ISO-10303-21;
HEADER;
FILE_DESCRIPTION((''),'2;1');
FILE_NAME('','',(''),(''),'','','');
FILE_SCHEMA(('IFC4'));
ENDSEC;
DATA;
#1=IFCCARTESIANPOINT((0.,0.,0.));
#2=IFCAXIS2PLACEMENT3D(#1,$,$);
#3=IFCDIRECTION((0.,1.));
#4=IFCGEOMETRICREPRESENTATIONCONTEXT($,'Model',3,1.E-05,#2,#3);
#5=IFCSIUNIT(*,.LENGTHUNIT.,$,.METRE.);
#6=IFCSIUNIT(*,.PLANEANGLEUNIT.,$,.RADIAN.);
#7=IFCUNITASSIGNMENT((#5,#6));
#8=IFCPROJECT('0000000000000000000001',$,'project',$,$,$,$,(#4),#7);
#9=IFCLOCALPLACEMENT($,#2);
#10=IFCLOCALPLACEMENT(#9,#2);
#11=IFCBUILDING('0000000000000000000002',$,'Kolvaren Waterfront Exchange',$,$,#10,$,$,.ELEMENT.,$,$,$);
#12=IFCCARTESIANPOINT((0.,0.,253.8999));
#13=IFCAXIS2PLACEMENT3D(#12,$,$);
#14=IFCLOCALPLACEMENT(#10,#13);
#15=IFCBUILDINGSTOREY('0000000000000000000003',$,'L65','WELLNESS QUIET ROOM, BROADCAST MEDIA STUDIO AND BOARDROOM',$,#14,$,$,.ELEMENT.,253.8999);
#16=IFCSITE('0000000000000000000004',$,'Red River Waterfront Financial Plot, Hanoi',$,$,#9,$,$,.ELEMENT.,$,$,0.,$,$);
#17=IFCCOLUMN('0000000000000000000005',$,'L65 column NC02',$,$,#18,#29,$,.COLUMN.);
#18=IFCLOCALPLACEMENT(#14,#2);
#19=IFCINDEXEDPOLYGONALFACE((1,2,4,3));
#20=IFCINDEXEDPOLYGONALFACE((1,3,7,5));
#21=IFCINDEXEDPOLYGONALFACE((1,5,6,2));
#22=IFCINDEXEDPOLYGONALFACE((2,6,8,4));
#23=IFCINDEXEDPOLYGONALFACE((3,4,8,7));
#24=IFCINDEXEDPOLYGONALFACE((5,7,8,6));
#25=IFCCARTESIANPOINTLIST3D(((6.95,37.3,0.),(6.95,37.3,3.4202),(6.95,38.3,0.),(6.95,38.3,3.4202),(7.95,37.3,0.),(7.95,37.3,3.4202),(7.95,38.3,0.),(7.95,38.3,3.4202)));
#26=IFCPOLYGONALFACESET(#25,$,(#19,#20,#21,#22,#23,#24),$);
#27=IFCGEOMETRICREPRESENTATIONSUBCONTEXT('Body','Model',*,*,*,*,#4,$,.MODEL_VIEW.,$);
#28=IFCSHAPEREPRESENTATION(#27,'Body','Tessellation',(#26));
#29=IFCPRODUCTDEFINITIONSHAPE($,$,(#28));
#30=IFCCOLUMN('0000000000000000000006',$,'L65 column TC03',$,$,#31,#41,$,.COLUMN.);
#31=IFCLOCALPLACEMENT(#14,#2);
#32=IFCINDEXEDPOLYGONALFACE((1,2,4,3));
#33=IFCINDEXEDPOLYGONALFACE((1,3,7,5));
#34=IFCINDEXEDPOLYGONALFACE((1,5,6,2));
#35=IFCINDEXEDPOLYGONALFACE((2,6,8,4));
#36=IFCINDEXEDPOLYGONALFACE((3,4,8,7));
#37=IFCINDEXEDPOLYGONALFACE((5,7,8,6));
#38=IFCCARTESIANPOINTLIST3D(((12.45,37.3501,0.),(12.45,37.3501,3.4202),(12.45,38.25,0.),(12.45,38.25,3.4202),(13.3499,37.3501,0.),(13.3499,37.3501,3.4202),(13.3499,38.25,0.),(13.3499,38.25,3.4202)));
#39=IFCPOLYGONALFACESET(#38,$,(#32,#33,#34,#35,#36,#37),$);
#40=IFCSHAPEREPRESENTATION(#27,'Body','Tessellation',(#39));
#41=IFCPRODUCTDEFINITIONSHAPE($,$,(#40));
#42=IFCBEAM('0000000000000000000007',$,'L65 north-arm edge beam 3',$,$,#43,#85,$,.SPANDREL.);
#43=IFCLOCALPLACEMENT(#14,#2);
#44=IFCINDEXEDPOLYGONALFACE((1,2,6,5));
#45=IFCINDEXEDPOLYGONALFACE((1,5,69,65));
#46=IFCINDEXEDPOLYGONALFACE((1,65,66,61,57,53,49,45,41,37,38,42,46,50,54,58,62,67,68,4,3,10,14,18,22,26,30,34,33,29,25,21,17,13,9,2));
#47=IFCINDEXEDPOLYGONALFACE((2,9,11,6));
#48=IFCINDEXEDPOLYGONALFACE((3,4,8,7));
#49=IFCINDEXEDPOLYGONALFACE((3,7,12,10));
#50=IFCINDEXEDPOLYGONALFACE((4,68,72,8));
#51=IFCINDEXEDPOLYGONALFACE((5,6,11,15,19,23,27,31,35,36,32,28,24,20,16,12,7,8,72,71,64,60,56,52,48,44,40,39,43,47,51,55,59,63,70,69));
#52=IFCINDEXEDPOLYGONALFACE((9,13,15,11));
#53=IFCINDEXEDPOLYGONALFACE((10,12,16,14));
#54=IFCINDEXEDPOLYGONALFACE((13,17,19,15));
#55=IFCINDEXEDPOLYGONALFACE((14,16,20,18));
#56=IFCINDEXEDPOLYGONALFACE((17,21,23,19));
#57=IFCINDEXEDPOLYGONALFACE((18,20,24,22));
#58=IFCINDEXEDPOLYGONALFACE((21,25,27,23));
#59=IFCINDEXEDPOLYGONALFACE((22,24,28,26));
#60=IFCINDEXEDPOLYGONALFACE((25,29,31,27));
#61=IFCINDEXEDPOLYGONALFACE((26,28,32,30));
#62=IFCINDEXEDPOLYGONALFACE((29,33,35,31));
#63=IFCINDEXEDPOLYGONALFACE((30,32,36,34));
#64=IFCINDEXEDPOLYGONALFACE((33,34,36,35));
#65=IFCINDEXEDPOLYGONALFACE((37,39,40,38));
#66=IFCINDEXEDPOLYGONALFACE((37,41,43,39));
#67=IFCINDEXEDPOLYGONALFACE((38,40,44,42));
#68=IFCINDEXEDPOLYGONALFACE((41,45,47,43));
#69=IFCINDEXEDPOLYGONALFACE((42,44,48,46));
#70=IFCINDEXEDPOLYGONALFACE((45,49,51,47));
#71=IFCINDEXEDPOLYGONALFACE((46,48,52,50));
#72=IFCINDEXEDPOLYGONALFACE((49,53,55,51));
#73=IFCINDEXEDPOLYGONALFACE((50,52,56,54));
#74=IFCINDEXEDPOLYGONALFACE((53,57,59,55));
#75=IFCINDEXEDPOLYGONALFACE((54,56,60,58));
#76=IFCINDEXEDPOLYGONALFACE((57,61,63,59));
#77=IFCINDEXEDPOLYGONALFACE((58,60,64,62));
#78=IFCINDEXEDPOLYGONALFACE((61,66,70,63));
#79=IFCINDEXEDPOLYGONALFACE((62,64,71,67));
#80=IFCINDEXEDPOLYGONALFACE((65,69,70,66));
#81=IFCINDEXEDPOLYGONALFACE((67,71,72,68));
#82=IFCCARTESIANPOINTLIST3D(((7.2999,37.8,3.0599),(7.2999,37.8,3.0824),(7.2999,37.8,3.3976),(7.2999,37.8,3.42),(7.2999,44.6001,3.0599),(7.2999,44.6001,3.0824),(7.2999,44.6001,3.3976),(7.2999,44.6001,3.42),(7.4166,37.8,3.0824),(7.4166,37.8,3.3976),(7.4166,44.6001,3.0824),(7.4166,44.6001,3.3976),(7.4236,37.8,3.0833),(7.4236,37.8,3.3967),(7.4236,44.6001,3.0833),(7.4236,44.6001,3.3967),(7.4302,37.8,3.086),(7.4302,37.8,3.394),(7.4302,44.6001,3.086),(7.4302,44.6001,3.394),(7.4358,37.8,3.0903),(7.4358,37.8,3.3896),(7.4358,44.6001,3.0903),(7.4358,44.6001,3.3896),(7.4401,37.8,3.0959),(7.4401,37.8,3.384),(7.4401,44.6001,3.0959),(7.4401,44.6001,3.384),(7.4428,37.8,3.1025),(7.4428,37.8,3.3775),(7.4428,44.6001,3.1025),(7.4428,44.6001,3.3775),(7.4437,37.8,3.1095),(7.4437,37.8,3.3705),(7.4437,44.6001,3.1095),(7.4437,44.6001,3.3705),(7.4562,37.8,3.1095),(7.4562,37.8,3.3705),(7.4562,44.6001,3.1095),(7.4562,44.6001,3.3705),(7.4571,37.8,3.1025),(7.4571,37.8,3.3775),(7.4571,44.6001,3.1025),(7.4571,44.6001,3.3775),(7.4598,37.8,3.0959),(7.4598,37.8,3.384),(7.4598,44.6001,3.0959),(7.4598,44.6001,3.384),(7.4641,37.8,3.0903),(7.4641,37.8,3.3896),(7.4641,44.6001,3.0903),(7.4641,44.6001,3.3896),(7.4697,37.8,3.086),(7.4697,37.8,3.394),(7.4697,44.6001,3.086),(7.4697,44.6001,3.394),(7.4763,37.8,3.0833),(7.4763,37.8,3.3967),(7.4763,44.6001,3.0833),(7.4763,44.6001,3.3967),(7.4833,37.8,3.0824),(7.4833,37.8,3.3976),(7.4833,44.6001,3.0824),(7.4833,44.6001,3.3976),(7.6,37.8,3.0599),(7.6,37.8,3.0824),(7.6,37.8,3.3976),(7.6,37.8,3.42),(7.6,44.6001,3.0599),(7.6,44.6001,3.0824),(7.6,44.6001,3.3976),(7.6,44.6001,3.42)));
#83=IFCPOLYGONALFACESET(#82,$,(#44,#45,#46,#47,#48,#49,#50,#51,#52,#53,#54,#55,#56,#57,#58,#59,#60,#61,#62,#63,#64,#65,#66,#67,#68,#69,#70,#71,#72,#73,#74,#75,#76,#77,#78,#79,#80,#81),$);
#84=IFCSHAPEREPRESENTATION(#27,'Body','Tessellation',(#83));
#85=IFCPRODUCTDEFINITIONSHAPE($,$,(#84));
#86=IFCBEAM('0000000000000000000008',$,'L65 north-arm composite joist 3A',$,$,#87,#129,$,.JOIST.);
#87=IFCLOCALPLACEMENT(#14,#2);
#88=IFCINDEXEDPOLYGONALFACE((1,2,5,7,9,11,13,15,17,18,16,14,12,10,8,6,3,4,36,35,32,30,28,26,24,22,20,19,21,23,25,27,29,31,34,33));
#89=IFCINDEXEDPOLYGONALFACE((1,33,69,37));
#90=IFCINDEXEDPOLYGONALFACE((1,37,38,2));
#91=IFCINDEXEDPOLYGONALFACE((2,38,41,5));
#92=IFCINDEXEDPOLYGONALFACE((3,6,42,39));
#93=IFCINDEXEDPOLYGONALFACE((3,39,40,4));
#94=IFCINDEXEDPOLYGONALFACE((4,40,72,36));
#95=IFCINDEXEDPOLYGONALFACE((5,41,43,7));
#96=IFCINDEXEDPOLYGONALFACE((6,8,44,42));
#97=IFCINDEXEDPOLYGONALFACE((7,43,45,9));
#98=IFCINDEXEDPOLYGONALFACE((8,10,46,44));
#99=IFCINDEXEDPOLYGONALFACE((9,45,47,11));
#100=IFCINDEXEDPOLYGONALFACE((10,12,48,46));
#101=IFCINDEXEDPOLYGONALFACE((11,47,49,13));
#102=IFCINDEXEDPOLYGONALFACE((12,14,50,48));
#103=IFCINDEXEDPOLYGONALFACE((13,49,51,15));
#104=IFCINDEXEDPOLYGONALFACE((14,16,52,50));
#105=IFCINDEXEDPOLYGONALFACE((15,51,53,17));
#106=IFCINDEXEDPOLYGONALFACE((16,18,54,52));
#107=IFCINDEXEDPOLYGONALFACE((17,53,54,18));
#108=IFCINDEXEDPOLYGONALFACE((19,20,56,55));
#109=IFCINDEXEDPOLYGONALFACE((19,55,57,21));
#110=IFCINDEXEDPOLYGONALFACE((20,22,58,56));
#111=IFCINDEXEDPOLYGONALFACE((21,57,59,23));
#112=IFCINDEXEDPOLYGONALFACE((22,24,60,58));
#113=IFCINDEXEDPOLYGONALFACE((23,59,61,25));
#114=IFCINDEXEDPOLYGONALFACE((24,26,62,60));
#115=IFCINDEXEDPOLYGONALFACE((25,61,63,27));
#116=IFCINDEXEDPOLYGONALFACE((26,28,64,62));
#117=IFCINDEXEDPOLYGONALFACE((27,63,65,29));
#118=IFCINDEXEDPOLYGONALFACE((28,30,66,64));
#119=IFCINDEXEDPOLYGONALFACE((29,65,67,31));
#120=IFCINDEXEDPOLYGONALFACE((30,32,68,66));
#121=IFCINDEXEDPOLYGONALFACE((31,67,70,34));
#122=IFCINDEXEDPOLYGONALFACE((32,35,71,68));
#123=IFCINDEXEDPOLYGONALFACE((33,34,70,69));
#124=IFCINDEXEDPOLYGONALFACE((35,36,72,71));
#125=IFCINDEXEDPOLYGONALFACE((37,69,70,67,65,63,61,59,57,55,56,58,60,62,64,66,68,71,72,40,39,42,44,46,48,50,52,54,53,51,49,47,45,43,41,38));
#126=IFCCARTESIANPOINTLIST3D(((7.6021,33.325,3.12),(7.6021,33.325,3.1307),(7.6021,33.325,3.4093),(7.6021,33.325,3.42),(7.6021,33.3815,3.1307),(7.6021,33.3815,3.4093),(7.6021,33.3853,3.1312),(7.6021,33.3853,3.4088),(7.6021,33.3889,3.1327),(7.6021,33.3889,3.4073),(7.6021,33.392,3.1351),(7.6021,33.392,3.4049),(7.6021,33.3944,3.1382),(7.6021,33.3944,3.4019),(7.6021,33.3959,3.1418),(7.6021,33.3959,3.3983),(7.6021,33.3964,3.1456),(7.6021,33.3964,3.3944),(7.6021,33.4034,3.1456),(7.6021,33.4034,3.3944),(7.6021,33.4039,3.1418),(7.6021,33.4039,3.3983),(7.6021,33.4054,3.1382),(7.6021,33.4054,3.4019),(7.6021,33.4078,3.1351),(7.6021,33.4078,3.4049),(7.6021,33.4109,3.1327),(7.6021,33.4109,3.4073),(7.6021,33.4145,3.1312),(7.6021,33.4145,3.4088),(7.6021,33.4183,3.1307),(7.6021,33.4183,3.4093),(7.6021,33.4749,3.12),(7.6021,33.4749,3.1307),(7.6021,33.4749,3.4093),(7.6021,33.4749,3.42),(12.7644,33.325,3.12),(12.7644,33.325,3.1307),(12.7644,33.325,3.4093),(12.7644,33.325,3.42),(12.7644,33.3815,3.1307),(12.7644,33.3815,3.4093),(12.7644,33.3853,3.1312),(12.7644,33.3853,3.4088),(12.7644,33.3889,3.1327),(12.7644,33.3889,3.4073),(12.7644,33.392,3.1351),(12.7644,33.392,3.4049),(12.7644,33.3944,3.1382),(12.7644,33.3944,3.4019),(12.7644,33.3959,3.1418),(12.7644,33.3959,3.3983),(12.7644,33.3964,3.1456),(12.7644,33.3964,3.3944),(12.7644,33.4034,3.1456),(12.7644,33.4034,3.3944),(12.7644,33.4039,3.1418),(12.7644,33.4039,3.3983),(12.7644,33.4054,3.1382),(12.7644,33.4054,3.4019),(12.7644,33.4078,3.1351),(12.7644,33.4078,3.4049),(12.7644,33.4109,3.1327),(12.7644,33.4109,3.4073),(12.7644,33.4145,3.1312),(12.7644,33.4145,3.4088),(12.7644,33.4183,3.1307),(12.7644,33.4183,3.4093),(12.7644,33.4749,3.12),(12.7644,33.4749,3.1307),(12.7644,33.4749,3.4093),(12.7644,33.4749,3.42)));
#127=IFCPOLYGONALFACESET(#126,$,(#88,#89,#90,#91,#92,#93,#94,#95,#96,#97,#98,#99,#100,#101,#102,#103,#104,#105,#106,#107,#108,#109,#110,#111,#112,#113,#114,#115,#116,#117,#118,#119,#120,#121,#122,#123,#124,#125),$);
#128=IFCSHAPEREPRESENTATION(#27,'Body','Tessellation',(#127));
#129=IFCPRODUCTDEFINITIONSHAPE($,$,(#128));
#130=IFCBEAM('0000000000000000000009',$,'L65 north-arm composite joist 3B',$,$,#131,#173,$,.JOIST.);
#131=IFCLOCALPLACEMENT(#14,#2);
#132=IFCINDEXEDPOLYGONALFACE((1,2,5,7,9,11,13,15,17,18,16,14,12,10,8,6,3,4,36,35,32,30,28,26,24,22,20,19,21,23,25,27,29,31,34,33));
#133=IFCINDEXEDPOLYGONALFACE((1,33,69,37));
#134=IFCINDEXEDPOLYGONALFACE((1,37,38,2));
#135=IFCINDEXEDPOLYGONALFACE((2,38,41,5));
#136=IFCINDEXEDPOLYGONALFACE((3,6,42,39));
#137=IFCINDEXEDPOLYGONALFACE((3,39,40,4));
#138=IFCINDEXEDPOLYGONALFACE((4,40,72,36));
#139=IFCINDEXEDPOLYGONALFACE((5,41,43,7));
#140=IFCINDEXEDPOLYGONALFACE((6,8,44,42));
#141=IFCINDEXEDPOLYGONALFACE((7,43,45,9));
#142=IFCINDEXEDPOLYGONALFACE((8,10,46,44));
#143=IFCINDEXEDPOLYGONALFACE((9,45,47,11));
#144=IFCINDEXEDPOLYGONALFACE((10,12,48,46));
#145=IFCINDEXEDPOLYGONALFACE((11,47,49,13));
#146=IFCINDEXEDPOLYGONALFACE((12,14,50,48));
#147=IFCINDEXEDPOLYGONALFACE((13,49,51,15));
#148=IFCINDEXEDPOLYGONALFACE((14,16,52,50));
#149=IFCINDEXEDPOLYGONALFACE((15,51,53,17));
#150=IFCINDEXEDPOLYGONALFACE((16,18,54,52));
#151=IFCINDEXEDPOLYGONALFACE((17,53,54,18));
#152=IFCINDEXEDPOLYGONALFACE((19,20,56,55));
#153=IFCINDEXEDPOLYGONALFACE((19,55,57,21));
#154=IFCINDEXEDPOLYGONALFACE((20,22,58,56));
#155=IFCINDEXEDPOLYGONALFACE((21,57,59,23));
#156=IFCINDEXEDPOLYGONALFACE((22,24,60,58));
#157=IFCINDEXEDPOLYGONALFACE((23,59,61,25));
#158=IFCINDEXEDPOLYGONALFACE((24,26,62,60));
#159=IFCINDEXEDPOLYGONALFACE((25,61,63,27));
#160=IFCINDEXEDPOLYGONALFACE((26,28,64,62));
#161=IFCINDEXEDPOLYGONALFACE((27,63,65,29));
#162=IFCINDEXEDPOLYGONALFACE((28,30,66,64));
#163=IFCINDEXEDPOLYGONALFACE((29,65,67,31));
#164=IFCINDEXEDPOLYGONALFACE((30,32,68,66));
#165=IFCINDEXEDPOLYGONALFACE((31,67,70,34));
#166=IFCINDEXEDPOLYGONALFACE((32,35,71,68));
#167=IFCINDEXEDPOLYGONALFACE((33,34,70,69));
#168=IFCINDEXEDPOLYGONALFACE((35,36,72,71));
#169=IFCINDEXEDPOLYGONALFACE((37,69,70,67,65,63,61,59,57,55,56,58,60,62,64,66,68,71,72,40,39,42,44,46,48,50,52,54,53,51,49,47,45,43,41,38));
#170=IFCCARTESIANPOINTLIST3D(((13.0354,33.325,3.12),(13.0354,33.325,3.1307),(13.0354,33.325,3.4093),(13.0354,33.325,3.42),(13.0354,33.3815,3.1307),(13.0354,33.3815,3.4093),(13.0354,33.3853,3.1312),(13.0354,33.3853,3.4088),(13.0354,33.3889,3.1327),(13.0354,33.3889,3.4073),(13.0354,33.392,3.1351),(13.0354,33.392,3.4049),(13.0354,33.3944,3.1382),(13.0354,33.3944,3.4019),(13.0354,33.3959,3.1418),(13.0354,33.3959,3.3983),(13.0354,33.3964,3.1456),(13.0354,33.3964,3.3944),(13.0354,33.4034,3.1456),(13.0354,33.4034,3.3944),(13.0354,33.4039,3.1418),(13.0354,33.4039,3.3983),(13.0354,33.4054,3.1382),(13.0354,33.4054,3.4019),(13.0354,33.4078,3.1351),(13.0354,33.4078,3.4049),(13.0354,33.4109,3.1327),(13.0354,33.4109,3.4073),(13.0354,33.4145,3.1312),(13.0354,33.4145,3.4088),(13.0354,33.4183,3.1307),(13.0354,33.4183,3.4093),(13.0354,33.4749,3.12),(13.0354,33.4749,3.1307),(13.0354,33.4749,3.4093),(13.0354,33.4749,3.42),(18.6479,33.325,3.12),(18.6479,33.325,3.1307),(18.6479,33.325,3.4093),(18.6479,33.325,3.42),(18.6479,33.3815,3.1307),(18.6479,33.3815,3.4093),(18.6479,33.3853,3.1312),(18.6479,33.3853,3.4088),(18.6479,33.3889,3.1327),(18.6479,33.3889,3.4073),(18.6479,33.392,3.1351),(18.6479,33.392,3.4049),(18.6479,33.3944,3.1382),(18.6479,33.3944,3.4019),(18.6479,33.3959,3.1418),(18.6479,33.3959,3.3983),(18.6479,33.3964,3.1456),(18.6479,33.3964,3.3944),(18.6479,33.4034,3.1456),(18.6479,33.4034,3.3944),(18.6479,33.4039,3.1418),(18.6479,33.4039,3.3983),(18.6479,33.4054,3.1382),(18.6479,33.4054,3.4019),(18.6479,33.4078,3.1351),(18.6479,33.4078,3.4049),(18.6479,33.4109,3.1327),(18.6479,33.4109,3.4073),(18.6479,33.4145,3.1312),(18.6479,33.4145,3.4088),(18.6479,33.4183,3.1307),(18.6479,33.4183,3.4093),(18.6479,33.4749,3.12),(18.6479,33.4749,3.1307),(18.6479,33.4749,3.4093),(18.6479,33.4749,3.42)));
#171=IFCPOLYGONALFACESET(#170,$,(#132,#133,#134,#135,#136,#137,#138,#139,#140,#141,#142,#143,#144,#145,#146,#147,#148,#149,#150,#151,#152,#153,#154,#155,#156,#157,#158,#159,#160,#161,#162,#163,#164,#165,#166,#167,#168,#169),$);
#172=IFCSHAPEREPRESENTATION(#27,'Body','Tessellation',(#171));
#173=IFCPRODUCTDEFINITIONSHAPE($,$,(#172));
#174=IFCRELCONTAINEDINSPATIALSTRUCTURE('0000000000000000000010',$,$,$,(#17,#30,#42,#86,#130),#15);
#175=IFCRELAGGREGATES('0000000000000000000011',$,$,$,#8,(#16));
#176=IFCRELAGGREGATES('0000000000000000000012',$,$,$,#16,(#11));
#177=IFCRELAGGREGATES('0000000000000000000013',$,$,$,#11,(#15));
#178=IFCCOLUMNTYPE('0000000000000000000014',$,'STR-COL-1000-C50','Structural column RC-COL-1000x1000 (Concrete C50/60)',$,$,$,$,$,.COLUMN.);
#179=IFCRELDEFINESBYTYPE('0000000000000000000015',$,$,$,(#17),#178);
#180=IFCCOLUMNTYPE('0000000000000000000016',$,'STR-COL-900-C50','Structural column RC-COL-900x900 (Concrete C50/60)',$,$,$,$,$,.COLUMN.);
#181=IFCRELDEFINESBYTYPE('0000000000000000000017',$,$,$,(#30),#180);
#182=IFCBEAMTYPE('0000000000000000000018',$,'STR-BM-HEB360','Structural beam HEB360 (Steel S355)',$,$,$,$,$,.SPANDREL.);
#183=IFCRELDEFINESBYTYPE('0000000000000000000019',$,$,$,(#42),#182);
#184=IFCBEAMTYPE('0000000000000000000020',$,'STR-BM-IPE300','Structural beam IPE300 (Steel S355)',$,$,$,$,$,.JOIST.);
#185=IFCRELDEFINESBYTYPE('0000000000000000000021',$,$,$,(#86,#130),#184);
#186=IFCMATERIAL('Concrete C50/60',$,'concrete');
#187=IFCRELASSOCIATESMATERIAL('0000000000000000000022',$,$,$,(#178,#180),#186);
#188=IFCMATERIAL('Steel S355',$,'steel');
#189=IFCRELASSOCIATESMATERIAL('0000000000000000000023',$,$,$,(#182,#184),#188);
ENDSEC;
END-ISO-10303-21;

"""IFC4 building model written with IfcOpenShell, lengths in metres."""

from ifc_helpers import new_model, si_unit, direction, frame, origin, origin_2d, place, context, subcontext, project, spatial, rectangle, i_section, extrude, material, material_profile, profile_set, type_object, element, save


model = new_model("IFC4")

# Units and contexts
model_context = context("Model", 3, precision=1e-05, world=origin(), true_north=direction((0.0, 1.0)))
body_context = subcontext(model_context, "Body", "Model", "MODEL_VIEW")
ifc_project = project(units=[si_unit("LENGTHUNIT", "METRE"), si_unit("PLANEANGLEUNIT", "RADIAN")], contexts=[model_context])

# Site, building, storey
site_placement = place(None, origin())
site = spatial("IfcSite", under=ifc_project, at=site_placement, Name="Red River Waterfront Financial Plot, Hanoi", CompositionType="ELEMENT", RefElevation=0.0)
building_placement = place(site_placement, origin())
building = spatial("IfcBuilding", under=site, at=building_placement, Name="Kolvaren Waterfront Exchange", CompositionType="ELEMENT")
storey_placement = place(building_placement, frame((0.0, 0.0, 253.8999)))
storey = spatial("IfcBuildingStorey", under=building, at=storey_placement, Name="L65", Description="WELLNESS QUIET ROOM, BROADCAST MEDIA STUDIO AND BOARDROOM", CompositionType="ELEMENT", Elevation=253.8999)

# Columns
ifc_material_1 = material(Name="Concrete C50/60", Category="concrete")
ifc_material_profile_1 = material_profile(ifc_material_1, rectangle(XDim=1.0, YDim=1.0, at=origin_2d()), Name="RC-COL-1000x1000")
ifc_profile_set_1 = profile_set([ifc_material_profile_1], Name="Concrete C50/60")
column_type_1 = type_object("IfcColumnType", Name="STR-COL-1000-C50", Description="Structural column RC-COL-1000x1000 (Concrete C50/60)", PredefinedType="COLUMN", material=ifc_profile_set_1)
column_1_placement = place(storey_placement, frame((7.45, 37.8, 0.0), z_axis=(0.0, 0.0, 1.0), x_axis=(1.0, 0.0, 0.0)))
element("IfcColumn", 1, at=column_1_placement, inside=storey, type_object=column_type_1, Name="L65 column NC02", PredefinedType="COLUMN", context=body_context, shape_type="SweptSolid", body=[
    extrude(rectangle(XDim=1.0, YDim=1.0, at=origin_2d()), origin(), (0.0, 0.0, 1.0), 3.4202),
])
ifc_material_profile_2 = material_profile(ifc_material_1, rectangle(XDim=0.8999, YDim=0.8999, at=origin_2d()), Name="RC-COL-900x900")
ifc_profile_set_2 = profile_set([ifc_material_profile_2], Name="Concrete C50/60")
column_type_2 = type_object("IfcColumnType", Name="STR-COL-900-C50", Description="Structural column RC-COL-900x900 (Concrete C50/60)", PredefinedType="COLUMN", material=ifc_profile_set_2)
column_2_placement = place(storey_placement, frame((12.8999, 37.8, 0.0), z_axis=(0.0, 0.0, 1.0), x_axis=(1.0, 0.0, 0.0)))
element("IfcColumn", 2, at=column_2_placement, inside=storey, type_object=column_type_2, Name="L65 column TC03", PredefinedType="COLUMN", context=body_context, shape_type="SweptSolid", body=[
    extrude(rectangle(XDim=0.8999, YDim=0.8999, at=origin_2d()), origin(), (0.0, 0.0, 1.0), 3.4202),
])

# Beams
ifc_material_2 = material(Name="Steel S355", Category="steel")
ifc_material_profile_3 = material_profile(ifc_material_2, i_section(OverallWidth=0.3, OverallDepth=0.3601, WebThickness=0.0125, FlangeThickness=0.0225, FilletRadius=0.0271, at=origin_2d()), Name="HEB360")
ifc_profile_set_3 = profile_set([ifc_material_profile_3], Name="Steel S355")
beam_type_1 = type_object("IfcBeamType", Name="STR-BM-HEB360", Description="Structural beam HEB360 (Steel S355)", PredefinedType="SPANDREL", material=ifc_profile_set_3)
beam_1_placement = place(storey_placement, frame((7.45, 37.8, 3.24), z_axis=(0.0, 1.0, 0.0), x_axis=(-1.0, 0.0, 0.0)))
element("IfcBeam", 3, at=beam_1_placement, inside=storey, type_object=beam_type_1, Name="L65 north-arm edge beam 3", PredefinedType="SPANDREL", context=body_context, shape_type="SweptSolid", body=[
    extrude(i_section(OverallWidth=0.3, OverallDepth=0.3601, WebThickness=0.0125, FlangeThickness=0.0225, FilletRadius=0.0271, at=origin_2d()), origin(), (0.0, 0.0, 1.0), 6.8),
])
ifc_material_profile_4 = material_profile(ifc_material_2, i_section(OverallWidth=0.1499, OverallDepth=0.3, WebThickness=0.0071, FlangeThickness=0.0107, FilletRadius=0.0149, at=origin_2d()), Name="IPE300")
ifc_profile_set_4 = profile_set([ifc_material_profile_4], Name="Steel S355")
beam_type_2 = type_object("IfcBeamType", Name="STR-BM-IPE300", Description="Structural beam IPE300 (Steel S355)", PredefinedType="JOIST", material=ifc_profile_set_4)
beam_2_placement = place(storey_placement, frame((7.6021, 33.3999, 3.27), z_axis=(1.0, 0.0, 0.0), x_axis=(0.0, 1.0, 0.0)))
element("IfcBeam", 4, at=beam_2_placement, inside=storey, type_object=beam_type_2, Name="L65 north-arm composite joist 3A", PredefinedType="JOIST", context=body_context, shape_type="SweptSolid", body=[
    extrude(i_section(OverallWidth=0.1499, OverallDepth=0.3, WebThickness=0.0071, FlangeThickness=0.0107, FilletRadius=0.0149, at=origin_2d()), origin(), (0.0, 0.0, 1.0), 5.1624),
])
beam_3_placement = place(storey_placement, frame((13.0354, 33.3999, 3.27), z_axis=(1.0, 0.0, 0.0), x_axis=(0.0, 1.0, 0.0)))
element("IfcBeam", 5, at=beam_3_placement, inside=storey, type_object=beam_type_2, Name="L65 north-arm composite joist 3B", PredefinedType="JOIST", context=body_context, shape_type="SweptSolid", body=[
    extrude(i_section(OverallWidth=0.1499, OverallDepth=0.3, WebThickness=0.0071, FlangeThickness=0.0107, FilletRadius=0.0149, at=origin_2d()), origin(), (0.0, 0.0, 1.0), 5.6125),
])

save(model, "model.ifc")
